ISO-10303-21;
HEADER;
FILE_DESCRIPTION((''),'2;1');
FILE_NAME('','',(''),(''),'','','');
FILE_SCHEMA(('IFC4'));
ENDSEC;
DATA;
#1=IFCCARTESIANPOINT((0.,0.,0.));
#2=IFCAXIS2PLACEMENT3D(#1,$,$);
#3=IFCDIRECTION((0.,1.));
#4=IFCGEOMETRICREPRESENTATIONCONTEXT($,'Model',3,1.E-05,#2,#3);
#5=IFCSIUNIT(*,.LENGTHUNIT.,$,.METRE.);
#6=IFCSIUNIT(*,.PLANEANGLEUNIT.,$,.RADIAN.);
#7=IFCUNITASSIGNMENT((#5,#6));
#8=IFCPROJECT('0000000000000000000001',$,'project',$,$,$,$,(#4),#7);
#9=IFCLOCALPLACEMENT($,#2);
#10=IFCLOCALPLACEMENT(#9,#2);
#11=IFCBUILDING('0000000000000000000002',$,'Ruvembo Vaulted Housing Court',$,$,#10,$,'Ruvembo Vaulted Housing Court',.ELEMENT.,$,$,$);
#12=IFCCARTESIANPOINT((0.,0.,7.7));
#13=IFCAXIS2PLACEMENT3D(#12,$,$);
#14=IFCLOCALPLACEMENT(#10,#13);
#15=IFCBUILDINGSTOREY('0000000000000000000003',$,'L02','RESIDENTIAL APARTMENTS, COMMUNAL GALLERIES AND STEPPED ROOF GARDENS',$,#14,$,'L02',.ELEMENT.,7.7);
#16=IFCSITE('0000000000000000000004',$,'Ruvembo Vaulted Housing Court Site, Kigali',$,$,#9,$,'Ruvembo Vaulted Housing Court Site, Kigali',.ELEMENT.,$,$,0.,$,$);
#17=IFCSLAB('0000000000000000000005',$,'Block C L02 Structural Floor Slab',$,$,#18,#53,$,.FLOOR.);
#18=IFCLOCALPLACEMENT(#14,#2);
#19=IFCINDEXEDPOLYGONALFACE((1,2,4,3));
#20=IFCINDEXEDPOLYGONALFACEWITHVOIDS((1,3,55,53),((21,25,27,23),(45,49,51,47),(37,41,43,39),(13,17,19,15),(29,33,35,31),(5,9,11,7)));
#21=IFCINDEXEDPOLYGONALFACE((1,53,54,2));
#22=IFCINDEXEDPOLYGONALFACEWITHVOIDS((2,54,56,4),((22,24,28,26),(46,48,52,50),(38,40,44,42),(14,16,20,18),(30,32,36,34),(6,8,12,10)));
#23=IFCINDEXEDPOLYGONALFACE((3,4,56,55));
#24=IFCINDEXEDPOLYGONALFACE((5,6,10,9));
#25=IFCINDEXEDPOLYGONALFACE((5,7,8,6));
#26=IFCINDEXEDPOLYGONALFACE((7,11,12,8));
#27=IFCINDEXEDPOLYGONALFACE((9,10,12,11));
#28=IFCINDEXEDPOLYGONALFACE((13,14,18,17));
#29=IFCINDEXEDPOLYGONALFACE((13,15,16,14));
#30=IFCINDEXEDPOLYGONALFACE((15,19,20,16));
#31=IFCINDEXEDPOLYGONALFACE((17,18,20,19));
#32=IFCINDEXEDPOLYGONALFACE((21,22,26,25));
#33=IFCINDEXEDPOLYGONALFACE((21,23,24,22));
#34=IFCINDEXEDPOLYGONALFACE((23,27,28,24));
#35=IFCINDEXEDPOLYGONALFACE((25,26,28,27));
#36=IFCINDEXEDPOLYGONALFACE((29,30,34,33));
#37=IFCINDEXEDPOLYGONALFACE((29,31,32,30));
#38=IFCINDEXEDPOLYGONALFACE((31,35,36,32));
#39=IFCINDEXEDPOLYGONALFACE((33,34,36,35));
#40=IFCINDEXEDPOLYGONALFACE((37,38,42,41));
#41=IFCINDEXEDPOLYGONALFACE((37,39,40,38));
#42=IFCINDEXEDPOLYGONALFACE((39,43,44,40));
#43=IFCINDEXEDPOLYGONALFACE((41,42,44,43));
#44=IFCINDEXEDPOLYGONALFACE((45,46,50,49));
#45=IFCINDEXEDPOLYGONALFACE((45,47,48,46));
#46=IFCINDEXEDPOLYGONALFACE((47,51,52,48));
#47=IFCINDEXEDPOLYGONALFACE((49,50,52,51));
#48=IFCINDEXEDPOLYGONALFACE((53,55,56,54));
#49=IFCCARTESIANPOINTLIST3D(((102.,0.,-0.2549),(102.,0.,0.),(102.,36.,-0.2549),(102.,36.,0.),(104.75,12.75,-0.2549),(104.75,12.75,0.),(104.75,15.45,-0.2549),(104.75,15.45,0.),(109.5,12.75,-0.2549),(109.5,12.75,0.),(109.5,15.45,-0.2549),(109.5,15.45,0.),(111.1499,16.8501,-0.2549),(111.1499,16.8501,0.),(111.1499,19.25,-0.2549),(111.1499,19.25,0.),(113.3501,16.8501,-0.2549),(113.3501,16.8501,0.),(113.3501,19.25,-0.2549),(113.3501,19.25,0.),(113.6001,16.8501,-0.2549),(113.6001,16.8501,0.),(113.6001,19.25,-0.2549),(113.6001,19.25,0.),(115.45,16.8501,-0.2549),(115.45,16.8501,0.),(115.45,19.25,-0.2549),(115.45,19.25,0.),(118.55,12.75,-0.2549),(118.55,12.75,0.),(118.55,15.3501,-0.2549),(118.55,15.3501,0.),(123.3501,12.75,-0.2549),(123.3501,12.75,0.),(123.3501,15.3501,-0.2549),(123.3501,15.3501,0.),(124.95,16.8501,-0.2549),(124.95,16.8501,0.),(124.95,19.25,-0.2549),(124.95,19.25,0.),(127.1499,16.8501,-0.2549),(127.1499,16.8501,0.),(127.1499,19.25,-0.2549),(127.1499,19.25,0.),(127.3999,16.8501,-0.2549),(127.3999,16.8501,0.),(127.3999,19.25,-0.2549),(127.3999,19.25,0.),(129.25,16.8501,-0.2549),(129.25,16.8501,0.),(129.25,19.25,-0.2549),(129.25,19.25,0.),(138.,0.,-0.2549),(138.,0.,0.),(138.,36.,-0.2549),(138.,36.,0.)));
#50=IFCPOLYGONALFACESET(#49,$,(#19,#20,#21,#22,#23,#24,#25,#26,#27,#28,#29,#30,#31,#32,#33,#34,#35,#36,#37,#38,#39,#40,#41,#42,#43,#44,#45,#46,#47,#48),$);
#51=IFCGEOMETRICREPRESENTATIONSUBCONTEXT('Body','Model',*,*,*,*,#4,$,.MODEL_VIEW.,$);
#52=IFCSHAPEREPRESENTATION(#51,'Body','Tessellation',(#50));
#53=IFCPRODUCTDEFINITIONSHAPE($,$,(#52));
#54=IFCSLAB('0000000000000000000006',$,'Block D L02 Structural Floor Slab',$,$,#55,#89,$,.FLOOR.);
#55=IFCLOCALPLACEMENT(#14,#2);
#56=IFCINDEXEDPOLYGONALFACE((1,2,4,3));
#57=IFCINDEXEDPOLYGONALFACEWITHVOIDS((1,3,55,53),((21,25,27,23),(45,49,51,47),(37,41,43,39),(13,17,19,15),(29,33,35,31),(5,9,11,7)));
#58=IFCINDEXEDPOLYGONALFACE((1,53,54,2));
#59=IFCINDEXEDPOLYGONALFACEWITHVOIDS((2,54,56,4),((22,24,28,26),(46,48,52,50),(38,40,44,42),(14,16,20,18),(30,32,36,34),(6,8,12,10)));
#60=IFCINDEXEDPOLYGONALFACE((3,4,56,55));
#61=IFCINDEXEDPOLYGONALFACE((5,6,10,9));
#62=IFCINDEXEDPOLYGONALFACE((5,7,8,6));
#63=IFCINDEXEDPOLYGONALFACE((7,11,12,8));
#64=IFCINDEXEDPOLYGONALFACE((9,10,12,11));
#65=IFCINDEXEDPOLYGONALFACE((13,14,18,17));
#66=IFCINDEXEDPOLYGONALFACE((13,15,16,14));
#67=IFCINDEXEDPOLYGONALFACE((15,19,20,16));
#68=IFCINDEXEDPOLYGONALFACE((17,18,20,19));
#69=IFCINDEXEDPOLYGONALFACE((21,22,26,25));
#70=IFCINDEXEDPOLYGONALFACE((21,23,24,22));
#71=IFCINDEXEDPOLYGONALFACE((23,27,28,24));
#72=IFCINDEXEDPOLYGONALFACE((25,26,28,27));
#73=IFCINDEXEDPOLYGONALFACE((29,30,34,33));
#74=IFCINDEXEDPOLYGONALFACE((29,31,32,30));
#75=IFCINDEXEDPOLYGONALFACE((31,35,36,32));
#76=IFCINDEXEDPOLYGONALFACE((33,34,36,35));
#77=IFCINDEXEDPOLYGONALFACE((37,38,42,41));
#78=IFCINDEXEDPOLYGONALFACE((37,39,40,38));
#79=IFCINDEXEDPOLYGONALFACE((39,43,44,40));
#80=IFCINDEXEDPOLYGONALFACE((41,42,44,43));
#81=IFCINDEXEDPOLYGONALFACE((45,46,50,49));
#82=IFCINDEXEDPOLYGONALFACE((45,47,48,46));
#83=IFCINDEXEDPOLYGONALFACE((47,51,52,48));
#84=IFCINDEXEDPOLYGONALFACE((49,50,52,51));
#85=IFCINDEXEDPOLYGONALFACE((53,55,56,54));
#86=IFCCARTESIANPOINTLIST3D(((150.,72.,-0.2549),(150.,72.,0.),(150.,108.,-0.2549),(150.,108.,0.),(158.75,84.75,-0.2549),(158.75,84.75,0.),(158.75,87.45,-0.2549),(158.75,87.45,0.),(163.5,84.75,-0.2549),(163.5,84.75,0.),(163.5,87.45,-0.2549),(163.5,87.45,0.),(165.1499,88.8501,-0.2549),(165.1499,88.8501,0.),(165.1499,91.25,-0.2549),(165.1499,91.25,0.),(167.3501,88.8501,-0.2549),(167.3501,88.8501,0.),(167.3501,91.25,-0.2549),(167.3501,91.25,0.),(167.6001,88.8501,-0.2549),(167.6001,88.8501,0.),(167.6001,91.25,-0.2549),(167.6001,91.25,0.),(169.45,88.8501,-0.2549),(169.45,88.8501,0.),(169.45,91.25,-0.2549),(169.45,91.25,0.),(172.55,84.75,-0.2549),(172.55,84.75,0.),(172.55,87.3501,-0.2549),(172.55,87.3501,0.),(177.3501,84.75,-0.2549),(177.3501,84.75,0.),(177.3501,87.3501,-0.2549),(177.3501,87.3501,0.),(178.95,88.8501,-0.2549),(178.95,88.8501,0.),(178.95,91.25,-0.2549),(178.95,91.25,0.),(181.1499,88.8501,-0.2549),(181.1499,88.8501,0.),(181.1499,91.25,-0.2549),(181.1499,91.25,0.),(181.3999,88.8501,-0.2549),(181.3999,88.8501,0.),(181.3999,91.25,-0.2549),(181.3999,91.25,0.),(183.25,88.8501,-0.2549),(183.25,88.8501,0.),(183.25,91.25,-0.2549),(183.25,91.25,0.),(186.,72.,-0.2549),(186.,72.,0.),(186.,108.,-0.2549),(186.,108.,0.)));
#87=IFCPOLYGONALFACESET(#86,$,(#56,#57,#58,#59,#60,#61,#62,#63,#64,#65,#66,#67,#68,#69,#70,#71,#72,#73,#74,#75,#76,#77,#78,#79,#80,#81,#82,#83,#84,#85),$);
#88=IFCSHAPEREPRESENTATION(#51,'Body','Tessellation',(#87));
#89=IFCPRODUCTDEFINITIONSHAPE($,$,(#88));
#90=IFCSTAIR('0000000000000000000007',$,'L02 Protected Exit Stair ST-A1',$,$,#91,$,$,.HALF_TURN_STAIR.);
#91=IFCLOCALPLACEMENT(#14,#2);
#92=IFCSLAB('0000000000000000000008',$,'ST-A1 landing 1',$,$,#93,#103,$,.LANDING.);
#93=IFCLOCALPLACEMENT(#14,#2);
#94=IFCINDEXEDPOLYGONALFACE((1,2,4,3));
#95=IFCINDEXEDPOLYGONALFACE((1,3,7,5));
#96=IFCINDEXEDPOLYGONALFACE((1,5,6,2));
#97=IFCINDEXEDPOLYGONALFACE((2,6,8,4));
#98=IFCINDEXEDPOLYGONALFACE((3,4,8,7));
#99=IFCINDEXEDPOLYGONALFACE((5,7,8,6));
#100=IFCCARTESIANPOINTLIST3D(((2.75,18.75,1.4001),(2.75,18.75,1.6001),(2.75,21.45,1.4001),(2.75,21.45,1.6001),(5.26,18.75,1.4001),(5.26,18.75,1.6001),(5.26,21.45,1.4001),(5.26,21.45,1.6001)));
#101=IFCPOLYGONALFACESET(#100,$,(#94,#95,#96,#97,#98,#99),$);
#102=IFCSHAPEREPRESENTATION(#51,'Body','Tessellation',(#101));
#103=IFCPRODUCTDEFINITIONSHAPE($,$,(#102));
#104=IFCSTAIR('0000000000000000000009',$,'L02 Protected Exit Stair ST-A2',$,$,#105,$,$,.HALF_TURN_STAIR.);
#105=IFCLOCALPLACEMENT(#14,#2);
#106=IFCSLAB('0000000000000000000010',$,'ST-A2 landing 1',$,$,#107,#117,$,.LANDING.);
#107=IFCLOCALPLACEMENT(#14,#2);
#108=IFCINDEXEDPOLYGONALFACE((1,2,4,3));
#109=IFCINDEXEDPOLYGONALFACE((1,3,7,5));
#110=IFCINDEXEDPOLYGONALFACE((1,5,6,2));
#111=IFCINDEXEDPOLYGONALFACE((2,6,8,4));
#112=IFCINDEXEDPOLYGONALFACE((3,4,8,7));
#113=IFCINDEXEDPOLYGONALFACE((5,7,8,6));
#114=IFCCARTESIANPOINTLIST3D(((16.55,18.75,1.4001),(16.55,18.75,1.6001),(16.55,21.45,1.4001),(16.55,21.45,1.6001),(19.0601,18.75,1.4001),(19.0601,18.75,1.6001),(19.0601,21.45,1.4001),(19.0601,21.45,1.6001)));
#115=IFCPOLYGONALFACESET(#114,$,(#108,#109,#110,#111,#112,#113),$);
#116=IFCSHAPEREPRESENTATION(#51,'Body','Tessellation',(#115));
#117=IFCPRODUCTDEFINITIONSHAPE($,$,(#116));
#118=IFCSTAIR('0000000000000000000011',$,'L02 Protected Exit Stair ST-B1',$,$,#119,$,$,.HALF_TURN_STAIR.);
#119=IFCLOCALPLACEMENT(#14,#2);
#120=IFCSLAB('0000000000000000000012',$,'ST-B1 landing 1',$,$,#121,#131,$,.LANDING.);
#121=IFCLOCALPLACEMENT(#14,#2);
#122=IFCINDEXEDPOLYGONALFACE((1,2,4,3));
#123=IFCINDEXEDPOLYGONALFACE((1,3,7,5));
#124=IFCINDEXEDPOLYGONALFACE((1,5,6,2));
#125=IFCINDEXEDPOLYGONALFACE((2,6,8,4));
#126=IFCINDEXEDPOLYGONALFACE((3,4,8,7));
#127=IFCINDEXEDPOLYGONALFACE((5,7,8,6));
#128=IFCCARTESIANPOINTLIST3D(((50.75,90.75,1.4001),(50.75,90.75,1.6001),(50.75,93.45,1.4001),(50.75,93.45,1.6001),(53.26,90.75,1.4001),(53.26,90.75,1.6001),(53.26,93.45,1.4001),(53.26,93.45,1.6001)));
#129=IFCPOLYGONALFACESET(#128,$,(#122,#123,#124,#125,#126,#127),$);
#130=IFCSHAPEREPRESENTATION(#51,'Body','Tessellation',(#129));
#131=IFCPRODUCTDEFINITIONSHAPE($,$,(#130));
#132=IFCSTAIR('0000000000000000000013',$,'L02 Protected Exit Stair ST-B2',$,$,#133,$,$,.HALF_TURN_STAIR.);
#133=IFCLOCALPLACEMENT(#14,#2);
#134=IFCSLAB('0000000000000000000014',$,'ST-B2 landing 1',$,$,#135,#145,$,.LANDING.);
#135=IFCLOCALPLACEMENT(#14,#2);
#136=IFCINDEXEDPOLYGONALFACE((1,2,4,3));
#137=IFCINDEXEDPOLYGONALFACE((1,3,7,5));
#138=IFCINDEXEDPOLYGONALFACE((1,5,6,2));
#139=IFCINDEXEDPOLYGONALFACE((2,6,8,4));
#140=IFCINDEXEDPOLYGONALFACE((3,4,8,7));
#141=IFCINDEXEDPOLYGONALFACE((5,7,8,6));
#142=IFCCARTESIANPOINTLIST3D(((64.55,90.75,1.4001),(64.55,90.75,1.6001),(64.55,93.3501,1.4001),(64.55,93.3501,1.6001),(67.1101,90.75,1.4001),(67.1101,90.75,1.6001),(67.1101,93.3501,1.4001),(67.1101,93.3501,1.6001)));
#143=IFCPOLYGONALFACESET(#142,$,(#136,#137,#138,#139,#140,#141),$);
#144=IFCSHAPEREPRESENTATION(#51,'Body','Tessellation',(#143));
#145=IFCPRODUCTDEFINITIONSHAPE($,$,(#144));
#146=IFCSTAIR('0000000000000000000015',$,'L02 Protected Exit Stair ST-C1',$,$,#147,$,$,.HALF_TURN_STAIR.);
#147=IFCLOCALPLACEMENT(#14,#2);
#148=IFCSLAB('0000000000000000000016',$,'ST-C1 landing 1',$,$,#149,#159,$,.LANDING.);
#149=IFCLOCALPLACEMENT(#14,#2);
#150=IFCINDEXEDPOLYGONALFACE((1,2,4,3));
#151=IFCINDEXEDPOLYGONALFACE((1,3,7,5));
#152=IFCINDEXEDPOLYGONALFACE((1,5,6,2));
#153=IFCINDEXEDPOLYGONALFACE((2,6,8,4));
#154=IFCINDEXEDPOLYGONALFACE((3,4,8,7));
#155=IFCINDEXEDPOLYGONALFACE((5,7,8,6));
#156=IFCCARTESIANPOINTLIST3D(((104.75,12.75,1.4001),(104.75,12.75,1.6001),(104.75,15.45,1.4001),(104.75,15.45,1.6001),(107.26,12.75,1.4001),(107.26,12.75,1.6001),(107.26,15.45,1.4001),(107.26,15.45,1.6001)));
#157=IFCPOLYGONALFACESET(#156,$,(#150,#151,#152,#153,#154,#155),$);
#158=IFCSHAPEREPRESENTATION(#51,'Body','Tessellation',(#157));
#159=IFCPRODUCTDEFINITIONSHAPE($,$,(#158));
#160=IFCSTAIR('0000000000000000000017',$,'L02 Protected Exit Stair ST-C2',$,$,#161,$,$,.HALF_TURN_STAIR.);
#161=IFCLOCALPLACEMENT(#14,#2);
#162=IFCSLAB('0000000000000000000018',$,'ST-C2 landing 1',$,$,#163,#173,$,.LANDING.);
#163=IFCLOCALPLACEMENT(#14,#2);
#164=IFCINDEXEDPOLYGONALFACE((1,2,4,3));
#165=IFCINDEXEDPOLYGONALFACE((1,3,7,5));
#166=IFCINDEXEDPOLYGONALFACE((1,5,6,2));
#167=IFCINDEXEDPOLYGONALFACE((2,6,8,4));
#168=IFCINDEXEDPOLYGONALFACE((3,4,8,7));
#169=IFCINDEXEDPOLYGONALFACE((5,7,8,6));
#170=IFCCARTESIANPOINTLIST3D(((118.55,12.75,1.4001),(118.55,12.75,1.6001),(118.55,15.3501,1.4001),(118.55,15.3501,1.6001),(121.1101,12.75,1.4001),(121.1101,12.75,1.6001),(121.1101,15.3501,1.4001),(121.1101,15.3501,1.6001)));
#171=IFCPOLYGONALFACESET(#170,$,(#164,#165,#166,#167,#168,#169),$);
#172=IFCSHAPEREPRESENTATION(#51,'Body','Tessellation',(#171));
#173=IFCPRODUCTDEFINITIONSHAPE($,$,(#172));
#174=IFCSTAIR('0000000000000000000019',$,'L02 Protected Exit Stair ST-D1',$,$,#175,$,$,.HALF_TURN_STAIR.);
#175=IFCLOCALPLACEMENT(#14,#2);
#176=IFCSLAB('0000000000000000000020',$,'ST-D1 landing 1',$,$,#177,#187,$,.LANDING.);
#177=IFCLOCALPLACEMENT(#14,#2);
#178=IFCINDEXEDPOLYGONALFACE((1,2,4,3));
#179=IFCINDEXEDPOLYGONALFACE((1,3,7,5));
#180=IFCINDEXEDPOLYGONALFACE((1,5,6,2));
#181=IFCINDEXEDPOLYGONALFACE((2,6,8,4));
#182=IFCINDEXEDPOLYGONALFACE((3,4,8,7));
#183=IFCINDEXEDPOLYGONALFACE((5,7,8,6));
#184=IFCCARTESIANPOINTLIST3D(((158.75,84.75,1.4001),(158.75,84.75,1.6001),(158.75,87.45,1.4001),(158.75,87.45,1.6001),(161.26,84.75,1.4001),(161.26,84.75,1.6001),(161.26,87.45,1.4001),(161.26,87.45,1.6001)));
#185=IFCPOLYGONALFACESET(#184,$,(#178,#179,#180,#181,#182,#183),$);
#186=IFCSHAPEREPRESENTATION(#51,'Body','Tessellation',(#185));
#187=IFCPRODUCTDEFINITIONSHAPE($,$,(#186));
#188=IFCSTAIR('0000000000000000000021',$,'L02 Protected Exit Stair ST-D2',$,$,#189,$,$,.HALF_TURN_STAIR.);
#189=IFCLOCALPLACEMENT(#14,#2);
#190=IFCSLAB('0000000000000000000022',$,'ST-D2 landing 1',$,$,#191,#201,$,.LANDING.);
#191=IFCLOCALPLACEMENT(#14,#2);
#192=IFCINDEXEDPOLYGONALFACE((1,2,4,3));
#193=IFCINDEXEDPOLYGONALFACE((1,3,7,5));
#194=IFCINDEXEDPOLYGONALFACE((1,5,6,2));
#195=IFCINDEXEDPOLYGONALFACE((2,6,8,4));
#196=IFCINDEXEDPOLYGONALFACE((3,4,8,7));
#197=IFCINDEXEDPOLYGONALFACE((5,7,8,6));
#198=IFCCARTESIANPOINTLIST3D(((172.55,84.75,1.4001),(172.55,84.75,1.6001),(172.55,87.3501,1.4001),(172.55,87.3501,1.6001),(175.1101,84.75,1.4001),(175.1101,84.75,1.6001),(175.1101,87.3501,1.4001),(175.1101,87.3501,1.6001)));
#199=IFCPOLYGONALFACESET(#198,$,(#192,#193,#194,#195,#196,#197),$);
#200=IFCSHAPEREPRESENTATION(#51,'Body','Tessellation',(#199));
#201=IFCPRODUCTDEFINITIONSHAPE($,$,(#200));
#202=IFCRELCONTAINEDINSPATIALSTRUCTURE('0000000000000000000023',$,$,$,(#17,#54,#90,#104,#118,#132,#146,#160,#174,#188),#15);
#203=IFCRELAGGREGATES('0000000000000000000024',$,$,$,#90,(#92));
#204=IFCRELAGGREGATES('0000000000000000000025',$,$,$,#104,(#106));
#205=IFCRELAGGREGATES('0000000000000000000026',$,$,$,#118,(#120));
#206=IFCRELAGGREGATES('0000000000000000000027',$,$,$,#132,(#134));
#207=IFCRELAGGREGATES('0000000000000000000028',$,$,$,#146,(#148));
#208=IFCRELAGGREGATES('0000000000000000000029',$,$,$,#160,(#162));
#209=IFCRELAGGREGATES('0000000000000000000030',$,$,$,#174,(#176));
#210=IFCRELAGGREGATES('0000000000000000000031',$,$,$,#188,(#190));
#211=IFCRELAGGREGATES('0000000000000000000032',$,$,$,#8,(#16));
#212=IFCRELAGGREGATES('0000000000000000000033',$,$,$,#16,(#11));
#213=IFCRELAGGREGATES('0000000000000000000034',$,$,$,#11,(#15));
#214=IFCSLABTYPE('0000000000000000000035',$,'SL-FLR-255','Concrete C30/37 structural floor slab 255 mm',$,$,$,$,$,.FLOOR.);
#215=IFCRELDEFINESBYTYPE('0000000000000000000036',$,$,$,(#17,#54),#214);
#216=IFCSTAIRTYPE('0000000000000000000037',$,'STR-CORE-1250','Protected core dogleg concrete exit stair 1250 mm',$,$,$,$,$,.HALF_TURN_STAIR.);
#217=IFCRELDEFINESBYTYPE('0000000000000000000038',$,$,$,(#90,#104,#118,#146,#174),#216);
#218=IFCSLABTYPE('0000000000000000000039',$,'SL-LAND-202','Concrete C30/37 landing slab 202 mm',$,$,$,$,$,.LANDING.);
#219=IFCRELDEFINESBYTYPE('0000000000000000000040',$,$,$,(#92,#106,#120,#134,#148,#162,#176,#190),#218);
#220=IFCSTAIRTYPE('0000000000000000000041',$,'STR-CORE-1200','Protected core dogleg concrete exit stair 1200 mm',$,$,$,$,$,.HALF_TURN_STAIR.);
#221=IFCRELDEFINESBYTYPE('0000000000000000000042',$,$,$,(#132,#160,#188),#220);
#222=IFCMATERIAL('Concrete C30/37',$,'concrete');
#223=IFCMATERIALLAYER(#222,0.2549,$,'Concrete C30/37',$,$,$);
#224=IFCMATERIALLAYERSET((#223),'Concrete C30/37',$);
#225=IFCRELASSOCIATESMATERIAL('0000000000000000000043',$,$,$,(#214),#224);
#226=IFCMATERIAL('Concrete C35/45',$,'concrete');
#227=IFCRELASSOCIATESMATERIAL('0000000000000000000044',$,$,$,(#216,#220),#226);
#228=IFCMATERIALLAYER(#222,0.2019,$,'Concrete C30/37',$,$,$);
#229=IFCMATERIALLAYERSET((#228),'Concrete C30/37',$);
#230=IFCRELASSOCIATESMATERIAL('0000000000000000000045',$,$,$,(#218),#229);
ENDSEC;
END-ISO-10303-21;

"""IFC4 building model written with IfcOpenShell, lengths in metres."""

from ifc_helpers import new_model, si_unit, direction, frame, origin, place, context, subcontext, project, spatial, polyline, outline, extrude, material, layer, layer_set, type_object, element, aggregate, save


model = new_model("IFC4")

# Units and contexts
model_context = context("Model", 3, precision=1e-05, world=origin(), true_north=direction((0.0, 1.0)))
body_context = subcontext(model_context, "Body", "Model", "MODEL_VIEW")
ifc_project = project(units=[si_unit("LENGTHUNIT", "METRE"), si_unit("PLANEANGLEUNIT", "RADIAN")], contexts=[model_context])

# Site, building, storey
site_placement = place(None, origin())
site = spatial("IfcSite", under=ifc_project, at=site_placement, Name="Ruvembo Vaulted Housing Court Site, Kigali", LongName="Ruvembo Vaulted Housing Court Site, Kigali", CompositionType="ELEMENT", RefElevation=0.0)
building_placement = place(site_placement, origin())
building = spatial("IfcBuilding", under=site, at=building_placement, Name="Ruvembo Vaulted Housing Court", LongName="Ruvembo Vaulted Housing Court", CompositionType="ELEMENT")
storey_placement = place(building_placement, frame((0.0, 0.0, 7.7)))
storey = spatial("IfcBuildingStorey", under=building, at=storey_placement, Name="L02", Description="RESIDENTIAL APARTMENTS, COMMUNAL GALLERIES AND STEPPED ROOF GARDENS", LongName="L02", CompositionType="ELEMENT", Elevation=7.7)

# Slabs
ifc_material_1 = material(Name="Concrete C35/45", Category="concrete")
ifc_material_2 = material(Name="Concrete C30/37", Category="concrete")
ifc_layer_1 = layer(ifc_material_2, 0.2549, Name="Concrete C30/37")
ifc_layer_set_1 = layer_set([ifc_layer_1], Name="Concrete C30/37")
slab_type_1 = type_object("IfcSlabType", Name="SL-FLR-255", Description="Concrete C30/37 structural floor slab 255 mm", PredefinedType="FLOOR", material=ifc_layer_set_1)
slab_1_placement = place(storey_placement, frame((0.0, 0.0, -0.2549)))
element("IfcSlab", 1, at=slab_1_placement, inside=storey, type_object=slab_type_1, Name="Block C L02 Structural Floor Slab", PredefinedType="FLOOR", context=body_context, shape_type="SweptSolid", body=[
    extrude(outline(polyline([(138.0, 0.0), (138.0, 36.0), (102.0, 36.0), (102.0, 0.0), (138.0, 0.0)]), holes=[polyline([(109.5, 15.45), (104.75, 15.45), (104.75, 12.75), (109.5, 12.75), (109.5, 15.45)]), polyline([(111.1499, 16.8501), (113.3501, 16.8501), (113.3501, 19.25), (111.1499, 19.25), (111.1499, 16.8501)]), polyline([(113.6001, 16.8501), (115.45, 16.8501), (115.45, 19.25), (113.6001, 19.25), (113.6001, 16.8501)]), polyline([(123.3501, 15.3501), (118.55, 15.3501), (118.55, 12.75), (123.3501, 12.75), (123.3501, 15.3501)]), polyline([(124.95, 16.8501), (127.1499, 16.8501), (127.1499, 19.25), (124.95, 19.25), (124.95, 16.8501)]), polyline([(127.3999, 16.8501), (129.25, 16.8501), (129.25, 19.25), (127.3999, 19.25), (127.3999, 16.8501)])]), origin(), (0.0, 0.0, 1.0), 0.2549),
])
slab_2_placement = place(storey_placement, frame((0.0, 0.0, -0.2549)))
element("IfcSlab", 2, at=slab_2_placement, inside=storey, type_object=slab_type_1, Name="Block D L02 Structural Floor Slab", PredefinedType="FLOOR", context=body_context, shape_type="SweptSolid", body=[
    extrude(outline(polyline([(186.0, 72.0), (186.0, 108.0), (150.0, 108.0), (150.0, 72.0), (186.0, 72.0)]), holes=[polyline([(163.5, 87.45), (158.75, 87.45), (158.75, 84.75), (163.5, 84.75), (163.5, 87.45)]), polyline([(165.1499, 88.8501), (167.3501, 88.8501), (167.3501, 91.25), (165.1499, 91.25), (165.1499, 88.8501)]), polyline([(167.6001, 88.8501), (169.45, 88.8501), (169.45, 91.25), (167.6001, 91.25), (167.6001, 88.8501)]), polyline([(177.3501, 87.3501), (172.55, 87.3501), (172.55, 84.75), (177.3501, 84.75), (177.3501, 87.3501)]), polyline([(178.95, 88.8501), (181.1499, 88.8501), (181.1499, 91.25), (178.95, 91.25), (178.95, 88.8501)]), polyline([(181.3999, 88.8501), (183.25, 88.8501), (183.25, 91.25), (181.3999, 91.25), (181.3999, 88.8501)])]), origin(), (0.0, 0.0, 1.0), 0.2549),
])

# Stairs, slabs
stair_type_1 = type_object("IfcStairType", Name="STR-CORE-1250", Description="Protected core dogleg concrete exit stair 1250 mm", PredefinedType="HALF_TURN_STAIR", material=ifc_material_1)
stair_1_placement = place(storey_placement, origin())
stair_1 = element("IfcStair", 3, at=stair_1_placement, inside=storey, type_object=stair_type_1, Name="L02 Protected Exit Stair ST-A1", PredefinedType="HALF_TURN_STAIR")
ifc_layer_2 = layer(ifc_material_2, 0.2019, Name="Concrete C30/37")
ifc_layer_set_2 = layer_set([ifc_layer_2], Name="Concrete C30/37")
slab_type_2 = type_object("IfcSlabType", Name="SL-LAND-202", Description="Concrete C30/37 landing slab 202 mm", PredefinedType="LANDING", material=ifc_layer_set_2)
slab_3_placement = place(storey_placement, frame((0.0, 0.0, 1.4001)))
slab_3 = element("IfcSlab", 4, at=slab_3_placement, type_object=slab_type_2, Name="ST-A1 landing 1", PredefinedType="LANDING", context=body_context, shape_type="SweptSolid", body=[
    extrude(outline(polyline([(5.26, 21.45), (2.75, 21.45), (2.75, 18.75), (5.26, 18.75), (5.26, 21.45)])), origin(), (0.0, 0.0, 1.0), 0.2),
])
aggregate(stair_1, [slab_3])
stair_2_placement = place(storey_placement, origin())
stair_2 = element("IfcStair", 5, at=stair_2_placement, inside=storey, type_object=stair_type_1, Name="L02 Protected Exit Stair ST-A2", PredefinedType="HALF_TURN_STAIR")
slab_4_placement = place(storey_placement, frame((0.0, 0.0, 1.4001)))
slab_4 = element("IfcSlab", 6, at=slab_4_placement, type_object=slab_type_2, Name="ST-A2 landing 1", PredefinedType="LANDING", context=body_context, shape_type="SweptSolid", body=[
    extrude(outline(polyline([(19.0601, 21.45), (16.55, 21.45), (16.55, 18.75), (19.0601, 18.75), (19.0601, 21.45)])), origin(), (0.0, 0.0, 1.0), 0.2),
])
aggregate(stair_2, [slab_4])
stair_3_placement = place(storey_placement, origin())
stair_3 = element("IfcStair", 7, at=stair_3_placement, inside=storey, type_object=stair_type_1, Name="L02 Protected Exit Stair ST-B1", PredefinedType="HALF_TURN_STAIR")
slab_5_placement = place(storey_placement, frame((0.0, 0.0, 1.4001)))
slab_5 = element("IfcSlab", 8, at=slab_5_placement, type_object=slab_type_2, Name="ST-B1 landing 1", PredefinedType="LANDING", context=body_context, shape_type="SweptSolid", body=[
    extrude(outline(polyline([(53.26, 93.45), (50.75, 93.45), (50.75, 90.75), (53.26, 90.75), (53.26, 93.45)])), origin(), (0.0, 0.0, 1.0), 0.2),
])
aggregate(stair_3, [slab_5])
stair_type_2 = type_object("IfcStairType", Name="STR-CORE-1200", Description="Protected core dogleg concrete exit stair 1200 mm", PredefinedType="HALF_TURN_STAIR", material=ifc_material_1)
stair_4_placement = place(storey_placement, origin())
stair_4 = element("IfcStair", 9, at=stair_4_placement, inside=storey, type_object=stair_type_2, Name="L02 Protected Exit Stair ST-B2", PredefinedType="HALF_TURN_STAIR")
slab_6_placement = place(storey_placement, frame((0.0, 0.0, 1.4001)))
slab_6 = element("IfcSlab", 10, at=slab_6_placement, type_object=slab_type_2, Name="ST-B2 landing 1", PredefinedType="LANDING", context=body_context, shape_type="SweptSolid", body=[
    extrude(outline(polyline([(67.1101, 93.3501), (64.55, 93.3501), (64.55, 90.75), (67.1101, 90.75), (67.1101, 93.3501)])), origin(), (0.0, 0.0, 1.0), 0.2),
])
aggregate(stair_4, [slab_6])
stair_5_placement = place(storey_placement, origin())
stair_5 = element("IfcStair", 11, at=stair_5_placement, inside=storey, type_object=stair_type_1, Name="L02 Protected Exit Stair ST-C1", PredefinedType="HALF_TURN_STAIR")
slab_7_placement = place(storey_placement, frame((0.0, 0.0, 1.4001)))
slab_7 = element("IfcSlab", 12, at=slab_7_placement, type_object=slab_type_2, Name="ST-C1 landing 1", PredefinedType="LANDING", context=body_context, shape_type="SweptSolid", body=[
    extrude(outline(polyline([(107.26, 15.45), (104.75, 15.45), (104.75, 12.75), (107.26, 12.75), (107.26, 15.45)])), origin(), (0.0, 0.0, 1.0), 0.2),
])
aggregate(stair_5, [slab_7])
stair_6_placement = place(storey_placement, origin())
stair_6 = element("IfcStair", 13, at=stair_6_placement, inside=storey, type_object=stair_type_2, Name="L02 Protected Exit Stair ST-C2", PredefinedType="HALF_TURN_STAIR")
slab_8_placement = place(storey_placement, frame((0.0, 0.0, 1.4001)))
slab_8 = element("IfcSlab", 14, at=slab_8_placement, type_object=slab_type_2, Name="ST-C2 landing 1", PredefinedType="LANDING", context=body_context, shape_type="SweptSolid", body=[
    extrude(outline(polyline([(121.1101, 15.3501), (118.55, 15.3501), (118.55, 12.75), (121.1101, 12.75), (121.1101, 15.3501)])), origin(), (0.0, 0.0, 1.0), 0.2),
])
aggregate(stair_6, [slab_8])
stair_7_placement = place(storey_placement, origin())
stair_7 = element("IfcStair", 15, at=stair_7_placement, inside=storey, type_object=stair_type_1, Name="L02 Protected Exit Stair ST-D1", PredefinedType="HALF_TURN_STAIR")
slab_9_placement = place(storey_placement, frame((0.0, 0.0, 1.4001)))
slab_9 = element("IfcSlab", 16, at=slab_9_placement, type_object=slab_type_2, Name="ST-D1 landing 1", PredefinedType="LANDING", context=body_context, shape_type="SweptSolid", body=[
    extrude(outline(polyline([(161.26, 87.45), (158.75, 87.45), (158.75, 84.75), (161.26, 84.75), (161.26, 87.45)])), origin(), (0.0, 0.0, 1.0), 0.2),
])
aggregate(stair_7, [slab_9])
stair_8_placement = place(storey_placement, origin())
stair_8 = element("IfcStair", 17, at=stair_8_placement, inside=storey, type_object=stair_type_2, Name="L02 Protected Exit Stair ST-D2", PredefinedType="HALF_TURN_STAIR")
slab_10_placement = place(storey_placement, frame((0.0, 0.0, 1.4001)))
slab_10 = element("IfcSlab", 18, at=slab_10_placement, type_object=slab_type_2, Name="ST-D2 landing 1", PredefinedType="LANDING", context=body_context, shape_type="SweptSolid", body=[
    extrude(outline(polyline([(175.1101, 87.3501), (172.55, 87.3501), (172.55, 84.75), (175.1101, 84.75), (175.1101, 87.3501)])), origin(), (0.0, 0.0, 1.0), 0.2),
])
aggregate(stair_8, [slab_10])

save(model, "model.ifc")
